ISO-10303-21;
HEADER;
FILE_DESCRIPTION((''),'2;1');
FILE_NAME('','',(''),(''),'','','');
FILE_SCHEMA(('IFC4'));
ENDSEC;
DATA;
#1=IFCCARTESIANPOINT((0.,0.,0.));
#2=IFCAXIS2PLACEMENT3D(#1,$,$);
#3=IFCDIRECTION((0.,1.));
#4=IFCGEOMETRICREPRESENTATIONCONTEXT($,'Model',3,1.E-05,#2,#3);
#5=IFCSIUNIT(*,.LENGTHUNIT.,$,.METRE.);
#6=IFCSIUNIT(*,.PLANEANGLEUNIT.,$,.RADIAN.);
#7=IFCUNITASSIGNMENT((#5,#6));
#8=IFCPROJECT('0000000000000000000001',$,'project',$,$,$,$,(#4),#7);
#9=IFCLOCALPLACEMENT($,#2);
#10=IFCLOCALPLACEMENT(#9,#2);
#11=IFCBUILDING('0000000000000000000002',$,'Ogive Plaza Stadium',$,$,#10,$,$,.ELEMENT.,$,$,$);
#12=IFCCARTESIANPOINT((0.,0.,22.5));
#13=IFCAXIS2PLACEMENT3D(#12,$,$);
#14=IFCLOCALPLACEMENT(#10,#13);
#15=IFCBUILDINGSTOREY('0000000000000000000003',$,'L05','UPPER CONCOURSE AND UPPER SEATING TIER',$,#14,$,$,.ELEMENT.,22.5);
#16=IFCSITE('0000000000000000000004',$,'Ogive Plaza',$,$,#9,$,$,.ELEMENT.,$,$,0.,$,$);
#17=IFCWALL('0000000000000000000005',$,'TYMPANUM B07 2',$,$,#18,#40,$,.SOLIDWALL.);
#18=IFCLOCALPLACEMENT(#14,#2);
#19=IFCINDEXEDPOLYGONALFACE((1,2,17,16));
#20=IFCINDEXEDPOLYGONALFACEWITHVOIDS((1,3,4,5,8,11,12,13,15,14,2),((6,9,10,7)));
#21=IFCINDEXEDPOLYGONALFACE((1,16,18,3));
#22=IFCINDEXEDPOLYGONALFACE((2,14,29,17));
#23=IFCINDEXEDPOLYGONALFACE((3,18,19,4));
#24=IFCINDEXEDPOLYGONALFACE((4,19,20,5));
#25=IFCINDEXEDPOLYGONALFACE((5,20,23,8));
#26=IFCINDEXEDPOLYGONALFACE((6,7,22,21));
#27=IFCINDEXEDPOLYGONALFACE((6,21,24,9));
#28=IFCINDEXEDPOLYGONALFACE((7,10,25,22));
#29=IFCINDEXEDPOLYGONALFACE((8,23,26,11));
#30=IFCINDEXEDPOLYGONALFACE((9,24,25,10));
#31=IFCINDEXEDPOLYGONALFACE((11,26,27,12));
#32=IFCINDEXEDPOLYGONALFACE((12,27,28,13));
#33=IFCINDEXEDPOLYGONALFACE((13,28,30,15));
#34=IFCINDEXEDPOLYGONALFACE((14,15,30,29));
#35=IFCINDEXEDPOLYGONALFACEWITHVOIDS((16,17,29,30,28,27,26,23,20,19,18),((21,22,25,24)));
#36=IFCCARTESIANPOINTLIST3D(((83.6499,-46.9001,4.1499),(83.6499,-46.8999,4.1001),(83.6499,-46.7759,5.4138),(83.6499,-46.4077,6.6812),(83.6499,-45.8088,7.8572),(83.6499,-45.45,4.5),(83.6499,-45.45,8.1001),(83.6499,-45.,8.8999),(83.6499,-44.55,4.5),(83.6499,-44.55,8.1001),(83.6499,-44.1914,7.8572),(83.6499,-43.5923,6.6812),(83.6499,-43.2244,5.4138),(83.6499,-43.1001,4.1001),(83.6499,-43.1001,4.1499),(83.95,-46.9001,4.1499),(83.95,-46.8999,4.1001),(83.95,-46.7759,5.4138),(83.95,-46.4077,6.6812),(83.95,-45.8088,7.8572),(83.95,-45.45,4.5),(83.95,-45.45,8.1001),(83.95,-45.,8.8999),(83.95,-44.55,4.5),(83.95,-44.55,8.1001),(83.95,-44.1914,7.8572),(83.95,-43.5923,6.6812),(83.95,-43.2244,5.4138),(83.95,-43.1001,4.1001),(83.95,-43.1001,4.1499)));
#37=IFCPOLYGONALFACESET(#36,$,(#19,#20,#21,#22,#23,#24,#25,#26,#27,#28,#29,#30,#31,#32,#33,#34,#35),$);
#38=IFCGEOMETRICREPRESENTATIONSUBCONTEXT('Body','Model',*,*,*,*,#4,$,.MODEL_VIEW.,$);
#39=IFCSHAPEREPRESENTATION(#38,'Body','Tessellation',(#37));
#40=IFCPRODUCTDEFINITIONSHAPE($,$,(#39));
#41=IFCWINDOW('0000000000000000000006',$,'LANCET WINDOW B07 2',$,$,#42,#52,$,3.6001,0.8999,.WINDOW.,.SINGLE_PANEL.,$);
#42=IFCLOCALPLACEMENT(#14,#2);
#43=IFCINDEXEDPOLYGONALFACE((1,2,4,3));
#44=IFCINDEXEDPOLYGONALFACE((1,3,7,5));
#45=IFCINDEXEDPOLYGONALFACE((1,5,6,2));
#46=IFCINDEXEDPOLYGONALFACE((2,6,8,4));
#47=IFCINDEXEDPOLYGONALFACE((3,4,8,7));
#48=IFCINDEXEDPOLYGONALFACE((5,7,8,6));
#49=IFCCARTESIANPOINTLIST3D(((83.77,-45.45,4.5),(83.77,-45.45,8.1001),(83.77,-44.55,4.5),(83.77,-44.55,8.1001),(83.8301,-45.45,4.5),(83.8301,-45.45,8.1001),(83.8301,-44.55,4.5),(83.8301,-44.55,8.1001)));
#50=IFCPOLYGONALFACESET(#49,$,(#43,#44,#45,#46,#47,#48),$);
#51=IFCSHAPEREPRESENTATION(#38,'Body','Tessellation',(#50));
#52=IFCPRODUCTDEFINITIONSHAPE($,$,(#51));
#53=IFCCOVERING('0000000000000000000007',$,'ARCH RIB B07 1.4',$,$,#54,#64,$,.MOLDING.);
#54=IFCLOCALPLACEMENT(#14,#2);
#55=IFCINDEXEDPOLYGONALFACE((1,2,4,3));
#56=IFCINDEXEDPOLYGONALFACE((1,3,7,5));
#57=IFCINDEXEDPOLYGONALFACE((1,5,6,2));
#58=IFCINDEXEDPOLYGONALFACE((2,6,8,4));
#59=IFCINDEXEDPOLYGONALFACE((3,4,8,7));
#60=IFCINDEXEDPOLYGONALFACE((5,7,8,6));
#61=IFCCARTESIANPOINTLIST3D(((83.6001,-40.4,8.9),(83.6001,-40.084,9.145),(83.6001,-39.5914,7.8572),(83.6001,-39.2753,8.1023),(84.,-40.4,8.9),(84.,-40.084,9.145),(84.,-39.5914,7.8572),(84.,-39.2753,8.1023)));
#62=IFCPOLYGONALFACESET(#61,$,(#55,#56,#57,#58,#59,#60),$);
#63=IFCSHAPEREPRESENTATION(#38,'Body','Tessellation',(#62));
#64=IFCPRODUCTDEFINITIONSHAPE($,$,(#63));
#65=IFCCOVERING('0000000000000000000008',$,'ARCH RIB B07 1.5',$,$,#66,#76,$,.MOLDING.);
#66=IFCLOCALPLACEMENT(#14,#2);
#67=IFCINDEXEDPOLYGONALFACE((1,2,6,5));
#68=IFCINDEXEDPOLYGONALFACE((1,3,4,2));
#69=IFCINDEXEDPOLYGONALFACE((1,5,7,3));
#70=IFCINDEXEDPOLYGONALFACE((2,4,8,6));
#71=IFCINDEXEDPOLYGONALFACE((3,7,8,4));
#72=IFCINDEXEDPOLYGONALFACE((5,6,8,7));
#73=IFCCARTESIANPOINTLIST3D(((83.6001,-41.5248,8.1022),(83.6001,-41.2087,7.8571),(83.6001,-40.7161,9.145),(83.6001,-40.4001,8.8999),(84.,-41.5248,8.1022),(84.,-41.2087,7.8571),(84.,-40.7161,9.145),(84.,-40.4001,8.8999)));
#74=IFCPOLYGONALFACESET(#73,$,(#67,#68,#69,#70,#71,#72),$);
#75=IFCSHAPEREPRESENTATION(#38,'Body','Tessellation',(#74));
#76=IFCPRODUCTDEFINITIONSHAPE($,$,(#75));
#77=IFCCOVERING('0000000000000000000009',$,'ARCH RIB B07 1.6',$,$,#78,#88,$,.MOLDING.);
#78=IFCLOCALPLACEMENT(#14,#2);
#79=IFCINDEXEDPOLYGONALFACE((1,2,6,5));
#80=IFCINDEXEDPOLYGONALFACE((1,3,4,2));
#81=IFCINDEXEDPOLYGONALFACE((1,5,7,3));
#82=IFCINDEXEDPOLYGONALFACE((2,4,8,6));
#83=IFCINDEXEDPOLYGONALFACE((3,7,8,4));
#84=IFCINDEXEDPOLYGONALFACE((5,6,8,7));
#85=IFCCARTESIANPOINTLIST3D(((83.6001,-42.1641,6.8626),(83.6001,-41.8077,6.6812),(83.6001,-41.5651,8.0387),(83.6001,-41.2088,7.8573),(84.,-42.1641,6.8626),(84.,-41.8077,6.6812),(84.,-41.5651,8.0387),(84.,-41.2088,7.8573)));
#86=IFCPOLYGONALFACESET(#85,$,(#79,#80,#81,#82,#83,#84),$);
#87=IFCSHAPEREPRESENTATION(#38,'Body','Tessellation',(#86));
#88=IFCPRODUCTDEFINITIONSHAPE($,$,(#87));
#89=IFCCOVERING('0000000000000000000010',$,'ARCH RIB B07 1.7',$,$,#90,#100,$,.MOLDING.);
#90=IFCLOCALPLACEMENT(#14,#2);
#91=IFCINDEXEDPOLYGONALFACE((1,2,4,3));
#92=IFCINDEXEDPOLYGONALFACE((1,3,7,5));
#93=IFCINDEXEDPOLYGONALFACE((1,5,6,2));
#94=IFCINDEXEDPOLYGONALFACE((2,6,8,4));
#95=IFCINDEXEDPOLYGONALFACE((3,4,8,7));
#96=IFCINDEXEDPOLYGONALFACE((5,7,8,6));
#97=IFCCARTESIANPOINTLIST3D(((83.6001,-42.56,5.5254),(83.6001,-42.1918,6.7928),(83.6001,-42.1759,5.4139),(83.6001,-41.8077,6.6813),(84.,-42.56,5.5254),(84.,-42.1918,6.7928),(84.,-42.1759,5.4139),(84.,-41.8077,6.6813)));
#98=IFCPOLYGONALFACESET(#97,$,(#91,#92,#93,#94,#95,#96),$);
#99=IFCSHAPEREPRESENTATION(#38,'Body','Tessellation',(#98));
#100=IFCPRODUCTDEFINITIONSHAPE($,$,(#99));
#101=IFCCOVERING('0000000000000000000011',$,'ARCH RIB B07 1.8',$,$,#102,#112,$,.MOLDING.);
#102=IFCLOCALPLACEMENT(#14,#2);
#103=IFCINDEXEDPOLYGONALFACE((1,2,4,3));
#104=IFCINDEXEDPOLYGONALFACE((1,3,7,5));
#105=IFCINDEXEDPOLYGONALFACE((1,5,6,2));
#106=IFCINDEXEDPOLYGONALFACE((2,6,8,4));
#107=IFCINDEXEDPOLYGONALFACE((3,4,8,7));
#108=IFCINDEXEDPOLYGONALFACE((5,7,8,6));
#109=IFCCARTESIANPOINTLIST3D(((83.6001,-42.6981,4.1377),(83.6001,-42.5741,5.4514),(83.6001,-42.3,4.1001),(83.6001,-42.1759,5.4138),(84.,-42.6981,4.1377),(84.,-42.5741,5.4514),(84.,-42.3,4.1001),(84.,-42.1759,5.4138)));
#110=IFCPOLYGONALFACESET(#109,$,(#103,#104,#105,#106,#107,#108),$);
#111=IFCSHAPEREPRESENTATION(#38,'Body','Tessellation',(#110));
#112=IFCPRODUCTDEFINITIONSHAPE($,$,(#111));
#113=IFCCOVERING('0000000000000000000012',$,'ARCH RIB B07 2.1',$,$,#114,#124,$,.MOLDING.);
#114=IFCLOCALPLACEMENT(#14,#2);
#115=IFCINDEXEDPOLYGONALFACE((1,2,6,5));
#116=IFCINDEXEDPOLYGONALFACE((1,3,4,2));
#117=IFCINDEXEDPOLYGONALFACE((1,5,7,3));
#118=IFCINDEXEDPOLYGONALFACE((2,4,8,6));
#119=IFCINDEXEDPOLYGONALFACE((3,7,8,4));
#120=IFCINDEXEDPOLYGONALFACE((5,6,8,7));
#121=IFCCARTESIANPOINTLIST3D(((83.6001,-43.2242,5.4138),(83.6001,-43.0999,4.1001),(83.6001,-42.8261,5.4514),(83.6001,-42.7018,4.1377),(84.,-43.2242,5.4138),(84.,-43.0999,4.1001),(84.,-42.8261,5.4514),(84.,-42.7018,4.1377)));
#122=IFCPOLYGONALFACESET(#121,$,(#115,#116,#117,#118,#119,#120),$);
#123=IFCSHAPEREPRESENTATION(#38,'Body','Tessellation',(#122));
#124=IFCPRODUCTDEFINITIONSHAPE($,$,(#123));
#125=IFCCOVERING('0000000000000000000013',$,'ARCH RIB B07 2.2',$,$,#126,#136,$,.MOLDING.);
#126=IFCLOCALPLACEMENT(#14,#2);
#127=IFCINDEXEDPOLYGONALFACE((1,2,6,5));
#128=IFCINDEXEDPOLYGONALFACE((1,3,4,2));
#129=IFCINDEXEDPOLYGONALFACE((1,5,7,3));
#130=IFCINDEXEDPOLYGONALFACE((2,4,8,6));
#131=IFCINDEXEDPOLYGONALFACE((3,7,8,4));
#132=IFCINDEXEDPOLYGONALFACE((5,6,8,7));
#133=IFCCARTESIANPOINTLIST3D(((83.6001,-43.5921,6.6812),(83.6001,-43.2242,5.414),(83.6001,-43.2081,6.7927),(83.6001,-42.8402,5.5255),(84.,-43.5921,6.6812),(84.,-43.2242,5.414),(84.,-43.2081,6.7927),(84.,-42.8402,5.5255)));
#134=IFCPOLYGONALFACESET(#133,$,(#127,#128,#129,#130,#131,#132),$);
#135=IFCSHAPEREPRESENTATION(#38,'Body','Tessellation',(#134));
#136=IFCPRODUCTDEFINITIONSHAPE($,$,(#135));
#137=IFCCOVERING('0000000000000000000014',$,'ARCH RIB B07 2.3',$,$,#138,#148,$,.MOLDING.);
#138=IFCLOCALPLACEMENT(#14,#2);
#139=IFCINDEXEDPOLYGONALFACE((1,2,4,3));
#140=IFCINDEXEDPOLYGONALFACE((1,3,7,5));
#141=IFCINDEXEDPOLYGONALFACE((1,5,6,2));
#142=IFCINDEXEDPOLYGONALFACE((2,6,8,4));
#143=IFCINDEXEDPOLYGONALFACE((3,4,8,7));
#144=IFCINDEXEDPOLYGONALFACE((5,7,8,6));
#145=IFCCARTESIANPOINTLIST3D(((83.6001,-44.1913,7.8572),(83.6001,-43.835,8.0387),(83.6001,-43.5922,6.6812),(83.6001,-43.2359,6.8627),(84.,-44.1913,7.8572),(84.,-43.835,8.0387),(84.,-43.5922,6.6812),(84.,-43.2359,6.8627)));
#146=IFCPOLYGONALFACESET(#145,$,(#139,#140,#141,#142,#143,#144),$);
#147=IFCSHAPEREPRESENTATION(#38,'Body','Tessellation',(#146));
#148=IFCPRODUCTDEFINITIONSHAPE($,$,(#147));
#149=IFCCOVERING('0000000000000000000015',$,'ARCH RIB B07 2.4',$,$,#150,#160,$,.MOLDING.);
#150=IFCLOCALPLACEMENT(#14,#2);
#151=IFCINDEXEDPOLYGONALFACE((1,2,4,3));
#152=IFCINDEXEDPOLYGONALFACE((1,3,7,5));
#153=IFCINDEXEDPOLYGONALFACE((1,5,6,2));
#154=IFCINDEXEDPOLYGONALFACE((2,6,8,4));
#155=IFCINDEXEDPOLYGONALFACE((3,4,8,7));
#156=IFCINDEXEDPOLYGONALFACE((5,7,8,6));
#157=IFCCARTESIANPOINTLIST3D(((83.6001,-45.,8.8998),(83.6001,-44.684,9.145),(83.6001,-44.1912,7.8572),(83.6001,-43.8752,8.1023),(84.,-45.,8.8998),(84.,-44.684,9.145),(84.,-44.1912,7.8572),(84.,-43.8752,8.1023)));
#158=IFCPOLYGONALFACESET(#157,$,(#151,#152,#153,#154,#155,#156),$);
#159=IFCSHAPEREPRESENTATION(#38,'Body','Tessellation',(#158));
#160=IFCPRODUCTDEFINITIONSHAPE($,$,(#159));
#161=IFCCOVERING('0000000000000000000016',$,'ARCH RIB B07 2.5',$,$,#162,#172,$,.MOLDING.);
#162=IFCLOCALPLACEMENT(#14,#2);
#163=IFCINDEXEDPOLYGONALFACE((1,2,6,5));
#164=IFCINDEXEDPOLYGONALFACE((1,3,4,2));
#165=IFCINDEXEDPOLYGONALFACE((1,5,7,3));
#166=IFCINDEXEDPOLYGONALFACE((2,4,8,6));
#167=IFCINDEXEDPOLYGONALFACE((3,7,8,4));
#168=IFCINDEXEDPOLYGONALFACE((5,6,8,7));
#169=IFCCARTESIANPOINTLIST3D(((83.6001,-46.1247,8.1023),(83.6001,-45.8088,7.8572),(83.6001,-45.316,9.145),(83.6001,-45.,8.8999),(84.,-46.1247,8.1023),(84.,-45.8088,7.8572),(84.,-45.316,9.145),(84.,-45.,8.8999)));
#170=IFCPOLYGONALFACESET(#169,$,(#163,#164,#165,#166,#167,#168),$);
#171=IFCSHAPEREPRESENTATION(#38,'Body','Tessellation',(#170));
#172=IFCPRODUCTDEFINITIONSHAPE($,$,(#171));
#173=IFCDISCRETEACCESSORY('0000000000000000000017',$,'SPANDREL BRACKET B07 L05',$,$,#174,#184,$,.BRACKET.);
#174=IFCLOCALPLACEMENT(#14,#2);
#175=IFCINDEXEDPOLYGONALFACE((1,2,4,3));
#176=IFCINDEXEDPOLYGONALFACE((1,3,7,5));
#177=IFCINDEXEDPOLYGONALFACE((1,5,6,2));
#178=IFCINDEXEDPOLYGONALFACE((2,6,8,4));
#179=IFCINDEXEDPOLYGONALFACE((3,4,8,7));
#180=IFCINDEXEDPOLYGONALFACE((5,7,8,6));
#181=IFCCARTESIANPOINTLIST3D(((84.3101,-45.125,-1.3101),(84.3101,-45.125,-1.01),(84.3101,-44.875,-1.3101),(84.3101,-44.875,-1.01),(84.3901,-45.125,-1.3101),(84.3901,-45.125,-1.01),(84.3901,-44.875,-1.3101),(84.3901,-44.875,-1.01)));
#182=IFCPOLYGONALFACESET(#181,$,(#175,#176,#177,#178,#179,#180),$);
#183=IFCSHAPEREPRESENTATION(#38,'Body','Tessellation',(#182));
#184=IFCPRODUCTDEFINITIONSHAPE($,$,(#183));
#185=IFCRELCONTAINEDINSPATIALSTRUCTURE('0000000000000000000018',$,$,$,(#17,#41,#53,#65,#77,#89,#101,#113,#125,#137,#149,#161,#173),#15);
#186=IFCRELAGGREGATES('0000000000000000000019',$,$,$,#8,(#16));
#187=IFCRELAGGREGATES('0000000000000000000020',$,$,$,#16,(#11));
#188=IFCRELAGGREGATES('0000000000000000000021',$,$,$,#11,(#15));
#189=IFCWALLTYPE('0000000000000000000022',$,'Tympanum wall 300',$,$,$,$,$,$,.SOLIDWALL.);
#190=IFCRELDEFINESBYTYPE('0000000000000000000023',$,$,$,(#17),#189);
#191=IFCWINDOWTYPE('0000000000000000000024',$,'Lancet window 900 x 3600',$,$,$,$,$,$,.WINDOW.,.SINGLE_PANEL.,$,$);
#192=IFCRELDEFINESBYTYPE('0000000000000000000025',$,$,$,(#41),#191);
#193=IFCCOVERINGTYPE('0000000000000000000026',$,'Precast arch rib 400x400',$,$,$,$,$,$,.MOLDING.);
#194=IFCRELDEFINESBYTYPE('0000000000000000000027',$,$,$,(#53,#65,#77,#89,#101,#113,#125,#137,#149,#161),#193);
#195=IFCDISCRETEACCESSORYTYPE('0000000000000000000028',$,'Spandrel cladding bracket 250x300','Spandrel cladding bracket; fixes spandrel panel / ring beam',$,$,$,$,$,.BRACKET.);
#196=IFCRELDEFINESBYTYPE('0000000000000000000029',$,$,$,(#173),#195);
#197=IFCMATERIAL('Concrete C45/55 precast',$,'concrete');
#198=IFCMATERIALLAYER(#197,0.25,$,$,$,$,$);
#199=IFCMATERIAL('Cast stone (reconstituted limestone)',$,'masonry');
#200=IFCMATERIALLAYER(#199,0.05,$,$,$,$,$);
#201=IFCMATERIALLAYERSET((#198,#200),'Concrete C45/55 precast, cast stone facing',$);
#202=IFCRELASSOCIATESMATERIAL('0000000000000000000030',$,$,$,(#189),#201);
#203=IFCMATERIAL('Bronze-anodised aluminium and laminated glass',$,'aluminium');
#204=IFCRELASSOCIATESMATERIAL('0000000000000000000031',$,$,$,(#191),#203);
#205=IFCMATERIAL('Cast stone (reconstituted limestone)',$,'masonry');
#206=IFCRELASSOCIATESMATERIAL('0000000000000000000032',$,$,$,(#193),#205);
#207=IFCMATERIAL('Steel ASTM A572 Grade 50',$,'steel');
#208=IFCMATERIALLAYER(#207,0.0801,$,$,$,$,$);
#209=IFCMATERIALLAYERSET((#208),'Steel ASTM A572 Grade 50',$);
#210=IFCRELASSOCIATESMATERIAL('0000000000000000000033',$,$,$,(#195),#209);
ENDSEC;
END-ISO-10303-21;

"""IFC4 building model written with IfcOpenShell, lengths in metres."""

from ifc_helpers import new_model, si_unit, direction, frame, frame_2d, origin, origin_2d, place, context, subcontext, project, spatial, polyline, rectangle, outline, extrude, material, layer, layer_set, material_profile, profile_set, type_object, element, fill, save


model = new_model("IFC4")

# Units and contexts
model_context = context("Model", 3, precision=1e-05, world=origin(), true_north=direction((0.0, 1.0)))
body_context = subcontext(model_context, "Body", "Model", "MODEL_VIEW")
ifc_project = project(units=[si_unit("LENGTHUNIT", "METRE"), si_unit("PLANEANGLEUNIT", "RADIAN")], contexts=[model_context])

# Site, building, storey
site_placement = place(None, origin())
site = spatial("IfcSite", under=ifc_project, at=site_placement, Name="Ogive Plaza", CompositionType="ELEMENT", RefElevation=0.0)
building_placement = place(site_placement, origin())
building = spatial("IfcBuilding", under=site, at=building_placement, Name="Ogive Plaza Stadium", CompositionType="ELEMENT")
storey_placement = place(building_placement, frame((0.0, 0.0, 22.5)))
storey = spatial("IfcBuildingStorey", under=building, at=storey_placement, Name="L05", Description="UPPER CONCOURSE AND UPPER SEATING TIER", CompositionType="ELEMENT", Elevation=22.5)

# Wall, opening, window
ifc_material_1 = material(Name="Concrete C45/55 precast", Category="concrete")
ifc_layer_1 = layer(ifc_material_1, 0.25)
ifc_material_2 = material(Name="Cast stone (reconstituted limestone)", Category="masonry")
ifc_layer_2 = layer(ifc_material_2, 0.05)
ifc_layer_set_1 = layer_set([ifc_layer_1, ifc_layer_2], Name="Concrete C45/55 precast, cast stone facing")
wall_type = type_object("IfcWallType", Name="Tympanum wall 300", PredefinedType="SOLIDWALL", material=ifc_layer_set_1)
wall_placement = place(storey_placement, frame((83.8, -43.1001, 4.1001), z_axis=(0.0, 0.0, 1.0), x_axis=(0.0, -1.0, 0.0)))
wall = element("IfcWall", 1, at=wall_placement, inside=storey, type_object=wall_type, Name="TYMPANUM B07 2", PredefinedType="SOLIDWALL", context=body_context, shape_type="SweptSolid", body=[
    extrude(outline(polyline([(0.0, 0.0), (3.7998, 0.0), (3.8, 0.0498), (3.6758, 1.3137), (3.3076, 2.5811), (2.7087, 3.7571), (1.8999, 4.7998), (1.0913, 3.7571), (0.4922, 2.5811), (0.1243, 1.3137), (0.0, 0.0498), (0.0, 0.0)])), frame((0.0, 0.1499, 0.0), z_axis=(0.0, -1.0, 0.0), x_axis=(1.0, 0.0, 0.0)), (0.0, 0.0, 1.0), 0.3),
])
opening_placement = place(wall_placement, frame((1.45, 0.0, 0.3999)))
opening = element("IfcOpeningElement", 2, at=opening_placement, cuts=wall, PredefinedType="OPENING", context=body_context, shape_type="SweptSolid", body=[
    extrude(rectangle(XDim=0.8999, YDim=3.6001, at=frame_2d((0.45, 1.8))), frame((0.0, 0.1602, 0.0), z_axis=(0.0, -1.0, 0.0), x_axis=(1.0, 0.0, 0.0)), (0.0, 0.0, 1.0), 0.3201),
])
ifc_material_3 = material(Name="Bronze-anodised aluminium and laminated glass", Category="aluminium")
window_type = type_object("IfcWindowType", Name="Lancet window 900 x 3600", PartitioningType="SINGLE_PANEL", PredefinedType="WINDOW", material=ifc_material_3)
window_placement = place(opening_placement, origin())
window = element("IfcWindow", 3, at=window_placement, inside=storey, type_object=window_type, Name="LANCET WINDOW B07 2", OverallHeight=3.6001, OverallWidth=0.8999, PartitioningType="SINGLE_PANEL", PredefinedType="WINDOW", context=body_context, shape_type="SweptSolid", body=[
    extrude(rectangle(XDim=0.8999, YDim=3.6001, at=frame_2d((0.45, 1.8))), frame((0.0, 0.03, 0.0), z_axis=(0.0, -1.0, 0.0), x_axis=(1.0, 0.0, 0.0)), (0.0, 0.0, 1.0), 0.0601),
])
fill(opening, window)

# Coverings
ifc_material_4 = material(Name="Cast stone (reconstituted limestone)", Category="masonry")
ifc_material_profile_1 = material_profile(ifc_material_4, rectangle(XDim=0.3999, YDim=0.3999, at=origin_2d()), Name="Cast stone 400x400")
ifc_profile_set_1 = profile_set([ifc_material_profile_1], Name="Cast stone (reconstituted limestone)")
covering_type = type_object("IfcCoveringType", Name="Precast arch rib 400x400", PredefinedType="MOLDING", material=ifc_profile_set_1)
for number, where, z_axis, x_axis, name in (
    (4, (83.8, -39.4333, 7.9797), (0.0, -0.6128, 0.790238), (1.0, 0.0, 0.0), "ARCH RIB B07 1.4"),
    (5, (83.8, -40.5581, 9.0225), (0.0, -0.6128, -0.790238), (1.0, 0.0, 0.0), "ARCH RIB B07 1.5"),
):
    element("IfcCovering", number, at=place(storey_placement, frame(where, z_axis=z_axis, x_axis=x_axis)), inside=storey, type_object=covering_type, Name=name, PredefinedType="MOLDING", context=body_context, shape_type="SweptSolid", body=[
        extrude(rectangle(XDim=0.3999, YDim=0.3999, at=origin_2d()), origin(), (0.0, 0.0, 1.0), 1.3196),
    ])
for number, where, z_axis, x_axis, name in (
    (6, (83.8, -41.387, 7.948), (0.0, -0.453787, -0.89111), (1.0, 0.0, 0.0), "ARCH RIB B07 1.6"),
    (7, (83.8, -41.9998, 6.7371), (0.0, -0.27897, -0.9603), (1.0, 0.0, 0.0), "ARCH RIB B07 1.7"),
):
    element("IfcCovering", number, at=place(storey_placement, frame(where, z_axis=z_axis, x_axis=x_axis)), inside=storey, type_object=covering_type, Name=name, PredefinedType="MOLDING", context=body_context, shape_type="SweptSolid", body=[
        extrude(rectangle(XDim=0.3999, YDim=0.3999, at=origin_2d()), origin(), (0.0, 0.0, 1.0), 1.3198),
    ])
for number, where, z_axis, x_axis, name in (
    (8, (83.8, -42.375, 5.4326), (0.0, -0.093988, -0.995573), (1.0, 0.0, 0.0), "ARCH RIB B07 1.8"),
    (9, (83.8, -42.9009, 4.1189), (0.0, -0.094172, 0.995556), (1.0, 0.0, 0.0), "ARCH RIB B07 2.1"),
    (10, (83.8, -43.0322, 5.4697), (0.0, -0.278799, 0.960349), (1.0, 0.0, 0.0), "ARCH RIB B07 2.2"),
):
    element("IfcCovering", number, at=place(storey_placement, frame(where, z_axis=z_axis, x_axis=x_axis)), inside=storey, type_object=covering_type, Name=name, PredefinedType="MOLDING", context=body_context, shape_type="SweptSolid", body=[
        extrude(rectangle(XDim=0.3999, YDim=0.3999, at=origin_2d()), origin(), (0.0, 0.0, 1.0), 1.3196),
    ])
covering_placement = place(storey_placement, frame((83.8, -43.4141, 6.772), z_axis=(0.0, -0.453934, 0.891035), x_axis=(1.0, 0.0, 0.0)))
element("IfcCovering", 11, at=covering_placement, inside=storey, type_object=covering_type, Name="ARCH RIB B07 2.3", PredefinedType="MOLDING", context=body_context, shape_type="SweptSolid", body=[
    extrude(rectangle(XDim=0.3999, YDim=0.3999, at=origin_2d()), origin(), (0.0, 0.0, 1.0), 1.3198),
])
for number, where, z_axis, x_axis, name in (
    (12, (83.8, -44.0332, 7.9797), (0.0, -0.612915, 0.790148), (1.0, 0.0, 0.0), "ARCH RIB B07 2.4"),
    (13, (83.8, -45.158, 9.0225), (0.0, -0.612915, -0.790148), (1.0, 0.0, 0.0), "ARCH RIB B07 2.5"),
):
    element("IfcCovering", number, at=place(storey_placement, frame(where, z_axis=z_axis, x_axis=x_axis)), inside=storey, type_object=covering_type, Name=name, PredefinedType="MOLDING", context=body_context, shape_type="SweptSolid", body=[
        extrude(rectangle(XDim=0.3999, YDim=0.3999, at=origin_2d()), origin(), (0.0, 0.0, 1.0), 1.3196),
    ])

# Discrete accessory
ifc_material_5 = material(Name="Steel ASTM A572 Grade 50", Category="steel")
ifc_layer_3 = layer(ifc_material_5, 0.0801)
ifc_layer_set_2 = layer_set([ifc_layer_3], Name="Steel ASTM A572 Grade 50")
discrete_accessory_type = type_object("IfcDiscreteAccessoryType", Name="Spandrel cladding bracket 250x300", Description="Spandrel cladding bracket; fixes spandrel panel / ring beam", PredefinedType="BRACKET", material=ifc_layer_set_2)
discrete_accessory_placement = place(storey_placement, frame((84.3501, -45.0, -1.3101), z_axis=(0.0, 0.0, 1.0), x_axis=(0.0, -1.0, 0.0)))
element("IfcDiscreteAccessory", 14, at=discrete_accessory_placement, inside=storey, type_object=discrete_accessory_type, Name="SPANDREL BRACKET B07 L05", PredefinedType="BRACKET", context=body_context, shape_type="SweptSolid", body=[
    extrude(rectangle(XDim=0.25, YDim=0.0801, at=origin_2d()), origin(), (0.0, 0.0, 1.0), 0.3),
])

save(model, "model.ifc")
